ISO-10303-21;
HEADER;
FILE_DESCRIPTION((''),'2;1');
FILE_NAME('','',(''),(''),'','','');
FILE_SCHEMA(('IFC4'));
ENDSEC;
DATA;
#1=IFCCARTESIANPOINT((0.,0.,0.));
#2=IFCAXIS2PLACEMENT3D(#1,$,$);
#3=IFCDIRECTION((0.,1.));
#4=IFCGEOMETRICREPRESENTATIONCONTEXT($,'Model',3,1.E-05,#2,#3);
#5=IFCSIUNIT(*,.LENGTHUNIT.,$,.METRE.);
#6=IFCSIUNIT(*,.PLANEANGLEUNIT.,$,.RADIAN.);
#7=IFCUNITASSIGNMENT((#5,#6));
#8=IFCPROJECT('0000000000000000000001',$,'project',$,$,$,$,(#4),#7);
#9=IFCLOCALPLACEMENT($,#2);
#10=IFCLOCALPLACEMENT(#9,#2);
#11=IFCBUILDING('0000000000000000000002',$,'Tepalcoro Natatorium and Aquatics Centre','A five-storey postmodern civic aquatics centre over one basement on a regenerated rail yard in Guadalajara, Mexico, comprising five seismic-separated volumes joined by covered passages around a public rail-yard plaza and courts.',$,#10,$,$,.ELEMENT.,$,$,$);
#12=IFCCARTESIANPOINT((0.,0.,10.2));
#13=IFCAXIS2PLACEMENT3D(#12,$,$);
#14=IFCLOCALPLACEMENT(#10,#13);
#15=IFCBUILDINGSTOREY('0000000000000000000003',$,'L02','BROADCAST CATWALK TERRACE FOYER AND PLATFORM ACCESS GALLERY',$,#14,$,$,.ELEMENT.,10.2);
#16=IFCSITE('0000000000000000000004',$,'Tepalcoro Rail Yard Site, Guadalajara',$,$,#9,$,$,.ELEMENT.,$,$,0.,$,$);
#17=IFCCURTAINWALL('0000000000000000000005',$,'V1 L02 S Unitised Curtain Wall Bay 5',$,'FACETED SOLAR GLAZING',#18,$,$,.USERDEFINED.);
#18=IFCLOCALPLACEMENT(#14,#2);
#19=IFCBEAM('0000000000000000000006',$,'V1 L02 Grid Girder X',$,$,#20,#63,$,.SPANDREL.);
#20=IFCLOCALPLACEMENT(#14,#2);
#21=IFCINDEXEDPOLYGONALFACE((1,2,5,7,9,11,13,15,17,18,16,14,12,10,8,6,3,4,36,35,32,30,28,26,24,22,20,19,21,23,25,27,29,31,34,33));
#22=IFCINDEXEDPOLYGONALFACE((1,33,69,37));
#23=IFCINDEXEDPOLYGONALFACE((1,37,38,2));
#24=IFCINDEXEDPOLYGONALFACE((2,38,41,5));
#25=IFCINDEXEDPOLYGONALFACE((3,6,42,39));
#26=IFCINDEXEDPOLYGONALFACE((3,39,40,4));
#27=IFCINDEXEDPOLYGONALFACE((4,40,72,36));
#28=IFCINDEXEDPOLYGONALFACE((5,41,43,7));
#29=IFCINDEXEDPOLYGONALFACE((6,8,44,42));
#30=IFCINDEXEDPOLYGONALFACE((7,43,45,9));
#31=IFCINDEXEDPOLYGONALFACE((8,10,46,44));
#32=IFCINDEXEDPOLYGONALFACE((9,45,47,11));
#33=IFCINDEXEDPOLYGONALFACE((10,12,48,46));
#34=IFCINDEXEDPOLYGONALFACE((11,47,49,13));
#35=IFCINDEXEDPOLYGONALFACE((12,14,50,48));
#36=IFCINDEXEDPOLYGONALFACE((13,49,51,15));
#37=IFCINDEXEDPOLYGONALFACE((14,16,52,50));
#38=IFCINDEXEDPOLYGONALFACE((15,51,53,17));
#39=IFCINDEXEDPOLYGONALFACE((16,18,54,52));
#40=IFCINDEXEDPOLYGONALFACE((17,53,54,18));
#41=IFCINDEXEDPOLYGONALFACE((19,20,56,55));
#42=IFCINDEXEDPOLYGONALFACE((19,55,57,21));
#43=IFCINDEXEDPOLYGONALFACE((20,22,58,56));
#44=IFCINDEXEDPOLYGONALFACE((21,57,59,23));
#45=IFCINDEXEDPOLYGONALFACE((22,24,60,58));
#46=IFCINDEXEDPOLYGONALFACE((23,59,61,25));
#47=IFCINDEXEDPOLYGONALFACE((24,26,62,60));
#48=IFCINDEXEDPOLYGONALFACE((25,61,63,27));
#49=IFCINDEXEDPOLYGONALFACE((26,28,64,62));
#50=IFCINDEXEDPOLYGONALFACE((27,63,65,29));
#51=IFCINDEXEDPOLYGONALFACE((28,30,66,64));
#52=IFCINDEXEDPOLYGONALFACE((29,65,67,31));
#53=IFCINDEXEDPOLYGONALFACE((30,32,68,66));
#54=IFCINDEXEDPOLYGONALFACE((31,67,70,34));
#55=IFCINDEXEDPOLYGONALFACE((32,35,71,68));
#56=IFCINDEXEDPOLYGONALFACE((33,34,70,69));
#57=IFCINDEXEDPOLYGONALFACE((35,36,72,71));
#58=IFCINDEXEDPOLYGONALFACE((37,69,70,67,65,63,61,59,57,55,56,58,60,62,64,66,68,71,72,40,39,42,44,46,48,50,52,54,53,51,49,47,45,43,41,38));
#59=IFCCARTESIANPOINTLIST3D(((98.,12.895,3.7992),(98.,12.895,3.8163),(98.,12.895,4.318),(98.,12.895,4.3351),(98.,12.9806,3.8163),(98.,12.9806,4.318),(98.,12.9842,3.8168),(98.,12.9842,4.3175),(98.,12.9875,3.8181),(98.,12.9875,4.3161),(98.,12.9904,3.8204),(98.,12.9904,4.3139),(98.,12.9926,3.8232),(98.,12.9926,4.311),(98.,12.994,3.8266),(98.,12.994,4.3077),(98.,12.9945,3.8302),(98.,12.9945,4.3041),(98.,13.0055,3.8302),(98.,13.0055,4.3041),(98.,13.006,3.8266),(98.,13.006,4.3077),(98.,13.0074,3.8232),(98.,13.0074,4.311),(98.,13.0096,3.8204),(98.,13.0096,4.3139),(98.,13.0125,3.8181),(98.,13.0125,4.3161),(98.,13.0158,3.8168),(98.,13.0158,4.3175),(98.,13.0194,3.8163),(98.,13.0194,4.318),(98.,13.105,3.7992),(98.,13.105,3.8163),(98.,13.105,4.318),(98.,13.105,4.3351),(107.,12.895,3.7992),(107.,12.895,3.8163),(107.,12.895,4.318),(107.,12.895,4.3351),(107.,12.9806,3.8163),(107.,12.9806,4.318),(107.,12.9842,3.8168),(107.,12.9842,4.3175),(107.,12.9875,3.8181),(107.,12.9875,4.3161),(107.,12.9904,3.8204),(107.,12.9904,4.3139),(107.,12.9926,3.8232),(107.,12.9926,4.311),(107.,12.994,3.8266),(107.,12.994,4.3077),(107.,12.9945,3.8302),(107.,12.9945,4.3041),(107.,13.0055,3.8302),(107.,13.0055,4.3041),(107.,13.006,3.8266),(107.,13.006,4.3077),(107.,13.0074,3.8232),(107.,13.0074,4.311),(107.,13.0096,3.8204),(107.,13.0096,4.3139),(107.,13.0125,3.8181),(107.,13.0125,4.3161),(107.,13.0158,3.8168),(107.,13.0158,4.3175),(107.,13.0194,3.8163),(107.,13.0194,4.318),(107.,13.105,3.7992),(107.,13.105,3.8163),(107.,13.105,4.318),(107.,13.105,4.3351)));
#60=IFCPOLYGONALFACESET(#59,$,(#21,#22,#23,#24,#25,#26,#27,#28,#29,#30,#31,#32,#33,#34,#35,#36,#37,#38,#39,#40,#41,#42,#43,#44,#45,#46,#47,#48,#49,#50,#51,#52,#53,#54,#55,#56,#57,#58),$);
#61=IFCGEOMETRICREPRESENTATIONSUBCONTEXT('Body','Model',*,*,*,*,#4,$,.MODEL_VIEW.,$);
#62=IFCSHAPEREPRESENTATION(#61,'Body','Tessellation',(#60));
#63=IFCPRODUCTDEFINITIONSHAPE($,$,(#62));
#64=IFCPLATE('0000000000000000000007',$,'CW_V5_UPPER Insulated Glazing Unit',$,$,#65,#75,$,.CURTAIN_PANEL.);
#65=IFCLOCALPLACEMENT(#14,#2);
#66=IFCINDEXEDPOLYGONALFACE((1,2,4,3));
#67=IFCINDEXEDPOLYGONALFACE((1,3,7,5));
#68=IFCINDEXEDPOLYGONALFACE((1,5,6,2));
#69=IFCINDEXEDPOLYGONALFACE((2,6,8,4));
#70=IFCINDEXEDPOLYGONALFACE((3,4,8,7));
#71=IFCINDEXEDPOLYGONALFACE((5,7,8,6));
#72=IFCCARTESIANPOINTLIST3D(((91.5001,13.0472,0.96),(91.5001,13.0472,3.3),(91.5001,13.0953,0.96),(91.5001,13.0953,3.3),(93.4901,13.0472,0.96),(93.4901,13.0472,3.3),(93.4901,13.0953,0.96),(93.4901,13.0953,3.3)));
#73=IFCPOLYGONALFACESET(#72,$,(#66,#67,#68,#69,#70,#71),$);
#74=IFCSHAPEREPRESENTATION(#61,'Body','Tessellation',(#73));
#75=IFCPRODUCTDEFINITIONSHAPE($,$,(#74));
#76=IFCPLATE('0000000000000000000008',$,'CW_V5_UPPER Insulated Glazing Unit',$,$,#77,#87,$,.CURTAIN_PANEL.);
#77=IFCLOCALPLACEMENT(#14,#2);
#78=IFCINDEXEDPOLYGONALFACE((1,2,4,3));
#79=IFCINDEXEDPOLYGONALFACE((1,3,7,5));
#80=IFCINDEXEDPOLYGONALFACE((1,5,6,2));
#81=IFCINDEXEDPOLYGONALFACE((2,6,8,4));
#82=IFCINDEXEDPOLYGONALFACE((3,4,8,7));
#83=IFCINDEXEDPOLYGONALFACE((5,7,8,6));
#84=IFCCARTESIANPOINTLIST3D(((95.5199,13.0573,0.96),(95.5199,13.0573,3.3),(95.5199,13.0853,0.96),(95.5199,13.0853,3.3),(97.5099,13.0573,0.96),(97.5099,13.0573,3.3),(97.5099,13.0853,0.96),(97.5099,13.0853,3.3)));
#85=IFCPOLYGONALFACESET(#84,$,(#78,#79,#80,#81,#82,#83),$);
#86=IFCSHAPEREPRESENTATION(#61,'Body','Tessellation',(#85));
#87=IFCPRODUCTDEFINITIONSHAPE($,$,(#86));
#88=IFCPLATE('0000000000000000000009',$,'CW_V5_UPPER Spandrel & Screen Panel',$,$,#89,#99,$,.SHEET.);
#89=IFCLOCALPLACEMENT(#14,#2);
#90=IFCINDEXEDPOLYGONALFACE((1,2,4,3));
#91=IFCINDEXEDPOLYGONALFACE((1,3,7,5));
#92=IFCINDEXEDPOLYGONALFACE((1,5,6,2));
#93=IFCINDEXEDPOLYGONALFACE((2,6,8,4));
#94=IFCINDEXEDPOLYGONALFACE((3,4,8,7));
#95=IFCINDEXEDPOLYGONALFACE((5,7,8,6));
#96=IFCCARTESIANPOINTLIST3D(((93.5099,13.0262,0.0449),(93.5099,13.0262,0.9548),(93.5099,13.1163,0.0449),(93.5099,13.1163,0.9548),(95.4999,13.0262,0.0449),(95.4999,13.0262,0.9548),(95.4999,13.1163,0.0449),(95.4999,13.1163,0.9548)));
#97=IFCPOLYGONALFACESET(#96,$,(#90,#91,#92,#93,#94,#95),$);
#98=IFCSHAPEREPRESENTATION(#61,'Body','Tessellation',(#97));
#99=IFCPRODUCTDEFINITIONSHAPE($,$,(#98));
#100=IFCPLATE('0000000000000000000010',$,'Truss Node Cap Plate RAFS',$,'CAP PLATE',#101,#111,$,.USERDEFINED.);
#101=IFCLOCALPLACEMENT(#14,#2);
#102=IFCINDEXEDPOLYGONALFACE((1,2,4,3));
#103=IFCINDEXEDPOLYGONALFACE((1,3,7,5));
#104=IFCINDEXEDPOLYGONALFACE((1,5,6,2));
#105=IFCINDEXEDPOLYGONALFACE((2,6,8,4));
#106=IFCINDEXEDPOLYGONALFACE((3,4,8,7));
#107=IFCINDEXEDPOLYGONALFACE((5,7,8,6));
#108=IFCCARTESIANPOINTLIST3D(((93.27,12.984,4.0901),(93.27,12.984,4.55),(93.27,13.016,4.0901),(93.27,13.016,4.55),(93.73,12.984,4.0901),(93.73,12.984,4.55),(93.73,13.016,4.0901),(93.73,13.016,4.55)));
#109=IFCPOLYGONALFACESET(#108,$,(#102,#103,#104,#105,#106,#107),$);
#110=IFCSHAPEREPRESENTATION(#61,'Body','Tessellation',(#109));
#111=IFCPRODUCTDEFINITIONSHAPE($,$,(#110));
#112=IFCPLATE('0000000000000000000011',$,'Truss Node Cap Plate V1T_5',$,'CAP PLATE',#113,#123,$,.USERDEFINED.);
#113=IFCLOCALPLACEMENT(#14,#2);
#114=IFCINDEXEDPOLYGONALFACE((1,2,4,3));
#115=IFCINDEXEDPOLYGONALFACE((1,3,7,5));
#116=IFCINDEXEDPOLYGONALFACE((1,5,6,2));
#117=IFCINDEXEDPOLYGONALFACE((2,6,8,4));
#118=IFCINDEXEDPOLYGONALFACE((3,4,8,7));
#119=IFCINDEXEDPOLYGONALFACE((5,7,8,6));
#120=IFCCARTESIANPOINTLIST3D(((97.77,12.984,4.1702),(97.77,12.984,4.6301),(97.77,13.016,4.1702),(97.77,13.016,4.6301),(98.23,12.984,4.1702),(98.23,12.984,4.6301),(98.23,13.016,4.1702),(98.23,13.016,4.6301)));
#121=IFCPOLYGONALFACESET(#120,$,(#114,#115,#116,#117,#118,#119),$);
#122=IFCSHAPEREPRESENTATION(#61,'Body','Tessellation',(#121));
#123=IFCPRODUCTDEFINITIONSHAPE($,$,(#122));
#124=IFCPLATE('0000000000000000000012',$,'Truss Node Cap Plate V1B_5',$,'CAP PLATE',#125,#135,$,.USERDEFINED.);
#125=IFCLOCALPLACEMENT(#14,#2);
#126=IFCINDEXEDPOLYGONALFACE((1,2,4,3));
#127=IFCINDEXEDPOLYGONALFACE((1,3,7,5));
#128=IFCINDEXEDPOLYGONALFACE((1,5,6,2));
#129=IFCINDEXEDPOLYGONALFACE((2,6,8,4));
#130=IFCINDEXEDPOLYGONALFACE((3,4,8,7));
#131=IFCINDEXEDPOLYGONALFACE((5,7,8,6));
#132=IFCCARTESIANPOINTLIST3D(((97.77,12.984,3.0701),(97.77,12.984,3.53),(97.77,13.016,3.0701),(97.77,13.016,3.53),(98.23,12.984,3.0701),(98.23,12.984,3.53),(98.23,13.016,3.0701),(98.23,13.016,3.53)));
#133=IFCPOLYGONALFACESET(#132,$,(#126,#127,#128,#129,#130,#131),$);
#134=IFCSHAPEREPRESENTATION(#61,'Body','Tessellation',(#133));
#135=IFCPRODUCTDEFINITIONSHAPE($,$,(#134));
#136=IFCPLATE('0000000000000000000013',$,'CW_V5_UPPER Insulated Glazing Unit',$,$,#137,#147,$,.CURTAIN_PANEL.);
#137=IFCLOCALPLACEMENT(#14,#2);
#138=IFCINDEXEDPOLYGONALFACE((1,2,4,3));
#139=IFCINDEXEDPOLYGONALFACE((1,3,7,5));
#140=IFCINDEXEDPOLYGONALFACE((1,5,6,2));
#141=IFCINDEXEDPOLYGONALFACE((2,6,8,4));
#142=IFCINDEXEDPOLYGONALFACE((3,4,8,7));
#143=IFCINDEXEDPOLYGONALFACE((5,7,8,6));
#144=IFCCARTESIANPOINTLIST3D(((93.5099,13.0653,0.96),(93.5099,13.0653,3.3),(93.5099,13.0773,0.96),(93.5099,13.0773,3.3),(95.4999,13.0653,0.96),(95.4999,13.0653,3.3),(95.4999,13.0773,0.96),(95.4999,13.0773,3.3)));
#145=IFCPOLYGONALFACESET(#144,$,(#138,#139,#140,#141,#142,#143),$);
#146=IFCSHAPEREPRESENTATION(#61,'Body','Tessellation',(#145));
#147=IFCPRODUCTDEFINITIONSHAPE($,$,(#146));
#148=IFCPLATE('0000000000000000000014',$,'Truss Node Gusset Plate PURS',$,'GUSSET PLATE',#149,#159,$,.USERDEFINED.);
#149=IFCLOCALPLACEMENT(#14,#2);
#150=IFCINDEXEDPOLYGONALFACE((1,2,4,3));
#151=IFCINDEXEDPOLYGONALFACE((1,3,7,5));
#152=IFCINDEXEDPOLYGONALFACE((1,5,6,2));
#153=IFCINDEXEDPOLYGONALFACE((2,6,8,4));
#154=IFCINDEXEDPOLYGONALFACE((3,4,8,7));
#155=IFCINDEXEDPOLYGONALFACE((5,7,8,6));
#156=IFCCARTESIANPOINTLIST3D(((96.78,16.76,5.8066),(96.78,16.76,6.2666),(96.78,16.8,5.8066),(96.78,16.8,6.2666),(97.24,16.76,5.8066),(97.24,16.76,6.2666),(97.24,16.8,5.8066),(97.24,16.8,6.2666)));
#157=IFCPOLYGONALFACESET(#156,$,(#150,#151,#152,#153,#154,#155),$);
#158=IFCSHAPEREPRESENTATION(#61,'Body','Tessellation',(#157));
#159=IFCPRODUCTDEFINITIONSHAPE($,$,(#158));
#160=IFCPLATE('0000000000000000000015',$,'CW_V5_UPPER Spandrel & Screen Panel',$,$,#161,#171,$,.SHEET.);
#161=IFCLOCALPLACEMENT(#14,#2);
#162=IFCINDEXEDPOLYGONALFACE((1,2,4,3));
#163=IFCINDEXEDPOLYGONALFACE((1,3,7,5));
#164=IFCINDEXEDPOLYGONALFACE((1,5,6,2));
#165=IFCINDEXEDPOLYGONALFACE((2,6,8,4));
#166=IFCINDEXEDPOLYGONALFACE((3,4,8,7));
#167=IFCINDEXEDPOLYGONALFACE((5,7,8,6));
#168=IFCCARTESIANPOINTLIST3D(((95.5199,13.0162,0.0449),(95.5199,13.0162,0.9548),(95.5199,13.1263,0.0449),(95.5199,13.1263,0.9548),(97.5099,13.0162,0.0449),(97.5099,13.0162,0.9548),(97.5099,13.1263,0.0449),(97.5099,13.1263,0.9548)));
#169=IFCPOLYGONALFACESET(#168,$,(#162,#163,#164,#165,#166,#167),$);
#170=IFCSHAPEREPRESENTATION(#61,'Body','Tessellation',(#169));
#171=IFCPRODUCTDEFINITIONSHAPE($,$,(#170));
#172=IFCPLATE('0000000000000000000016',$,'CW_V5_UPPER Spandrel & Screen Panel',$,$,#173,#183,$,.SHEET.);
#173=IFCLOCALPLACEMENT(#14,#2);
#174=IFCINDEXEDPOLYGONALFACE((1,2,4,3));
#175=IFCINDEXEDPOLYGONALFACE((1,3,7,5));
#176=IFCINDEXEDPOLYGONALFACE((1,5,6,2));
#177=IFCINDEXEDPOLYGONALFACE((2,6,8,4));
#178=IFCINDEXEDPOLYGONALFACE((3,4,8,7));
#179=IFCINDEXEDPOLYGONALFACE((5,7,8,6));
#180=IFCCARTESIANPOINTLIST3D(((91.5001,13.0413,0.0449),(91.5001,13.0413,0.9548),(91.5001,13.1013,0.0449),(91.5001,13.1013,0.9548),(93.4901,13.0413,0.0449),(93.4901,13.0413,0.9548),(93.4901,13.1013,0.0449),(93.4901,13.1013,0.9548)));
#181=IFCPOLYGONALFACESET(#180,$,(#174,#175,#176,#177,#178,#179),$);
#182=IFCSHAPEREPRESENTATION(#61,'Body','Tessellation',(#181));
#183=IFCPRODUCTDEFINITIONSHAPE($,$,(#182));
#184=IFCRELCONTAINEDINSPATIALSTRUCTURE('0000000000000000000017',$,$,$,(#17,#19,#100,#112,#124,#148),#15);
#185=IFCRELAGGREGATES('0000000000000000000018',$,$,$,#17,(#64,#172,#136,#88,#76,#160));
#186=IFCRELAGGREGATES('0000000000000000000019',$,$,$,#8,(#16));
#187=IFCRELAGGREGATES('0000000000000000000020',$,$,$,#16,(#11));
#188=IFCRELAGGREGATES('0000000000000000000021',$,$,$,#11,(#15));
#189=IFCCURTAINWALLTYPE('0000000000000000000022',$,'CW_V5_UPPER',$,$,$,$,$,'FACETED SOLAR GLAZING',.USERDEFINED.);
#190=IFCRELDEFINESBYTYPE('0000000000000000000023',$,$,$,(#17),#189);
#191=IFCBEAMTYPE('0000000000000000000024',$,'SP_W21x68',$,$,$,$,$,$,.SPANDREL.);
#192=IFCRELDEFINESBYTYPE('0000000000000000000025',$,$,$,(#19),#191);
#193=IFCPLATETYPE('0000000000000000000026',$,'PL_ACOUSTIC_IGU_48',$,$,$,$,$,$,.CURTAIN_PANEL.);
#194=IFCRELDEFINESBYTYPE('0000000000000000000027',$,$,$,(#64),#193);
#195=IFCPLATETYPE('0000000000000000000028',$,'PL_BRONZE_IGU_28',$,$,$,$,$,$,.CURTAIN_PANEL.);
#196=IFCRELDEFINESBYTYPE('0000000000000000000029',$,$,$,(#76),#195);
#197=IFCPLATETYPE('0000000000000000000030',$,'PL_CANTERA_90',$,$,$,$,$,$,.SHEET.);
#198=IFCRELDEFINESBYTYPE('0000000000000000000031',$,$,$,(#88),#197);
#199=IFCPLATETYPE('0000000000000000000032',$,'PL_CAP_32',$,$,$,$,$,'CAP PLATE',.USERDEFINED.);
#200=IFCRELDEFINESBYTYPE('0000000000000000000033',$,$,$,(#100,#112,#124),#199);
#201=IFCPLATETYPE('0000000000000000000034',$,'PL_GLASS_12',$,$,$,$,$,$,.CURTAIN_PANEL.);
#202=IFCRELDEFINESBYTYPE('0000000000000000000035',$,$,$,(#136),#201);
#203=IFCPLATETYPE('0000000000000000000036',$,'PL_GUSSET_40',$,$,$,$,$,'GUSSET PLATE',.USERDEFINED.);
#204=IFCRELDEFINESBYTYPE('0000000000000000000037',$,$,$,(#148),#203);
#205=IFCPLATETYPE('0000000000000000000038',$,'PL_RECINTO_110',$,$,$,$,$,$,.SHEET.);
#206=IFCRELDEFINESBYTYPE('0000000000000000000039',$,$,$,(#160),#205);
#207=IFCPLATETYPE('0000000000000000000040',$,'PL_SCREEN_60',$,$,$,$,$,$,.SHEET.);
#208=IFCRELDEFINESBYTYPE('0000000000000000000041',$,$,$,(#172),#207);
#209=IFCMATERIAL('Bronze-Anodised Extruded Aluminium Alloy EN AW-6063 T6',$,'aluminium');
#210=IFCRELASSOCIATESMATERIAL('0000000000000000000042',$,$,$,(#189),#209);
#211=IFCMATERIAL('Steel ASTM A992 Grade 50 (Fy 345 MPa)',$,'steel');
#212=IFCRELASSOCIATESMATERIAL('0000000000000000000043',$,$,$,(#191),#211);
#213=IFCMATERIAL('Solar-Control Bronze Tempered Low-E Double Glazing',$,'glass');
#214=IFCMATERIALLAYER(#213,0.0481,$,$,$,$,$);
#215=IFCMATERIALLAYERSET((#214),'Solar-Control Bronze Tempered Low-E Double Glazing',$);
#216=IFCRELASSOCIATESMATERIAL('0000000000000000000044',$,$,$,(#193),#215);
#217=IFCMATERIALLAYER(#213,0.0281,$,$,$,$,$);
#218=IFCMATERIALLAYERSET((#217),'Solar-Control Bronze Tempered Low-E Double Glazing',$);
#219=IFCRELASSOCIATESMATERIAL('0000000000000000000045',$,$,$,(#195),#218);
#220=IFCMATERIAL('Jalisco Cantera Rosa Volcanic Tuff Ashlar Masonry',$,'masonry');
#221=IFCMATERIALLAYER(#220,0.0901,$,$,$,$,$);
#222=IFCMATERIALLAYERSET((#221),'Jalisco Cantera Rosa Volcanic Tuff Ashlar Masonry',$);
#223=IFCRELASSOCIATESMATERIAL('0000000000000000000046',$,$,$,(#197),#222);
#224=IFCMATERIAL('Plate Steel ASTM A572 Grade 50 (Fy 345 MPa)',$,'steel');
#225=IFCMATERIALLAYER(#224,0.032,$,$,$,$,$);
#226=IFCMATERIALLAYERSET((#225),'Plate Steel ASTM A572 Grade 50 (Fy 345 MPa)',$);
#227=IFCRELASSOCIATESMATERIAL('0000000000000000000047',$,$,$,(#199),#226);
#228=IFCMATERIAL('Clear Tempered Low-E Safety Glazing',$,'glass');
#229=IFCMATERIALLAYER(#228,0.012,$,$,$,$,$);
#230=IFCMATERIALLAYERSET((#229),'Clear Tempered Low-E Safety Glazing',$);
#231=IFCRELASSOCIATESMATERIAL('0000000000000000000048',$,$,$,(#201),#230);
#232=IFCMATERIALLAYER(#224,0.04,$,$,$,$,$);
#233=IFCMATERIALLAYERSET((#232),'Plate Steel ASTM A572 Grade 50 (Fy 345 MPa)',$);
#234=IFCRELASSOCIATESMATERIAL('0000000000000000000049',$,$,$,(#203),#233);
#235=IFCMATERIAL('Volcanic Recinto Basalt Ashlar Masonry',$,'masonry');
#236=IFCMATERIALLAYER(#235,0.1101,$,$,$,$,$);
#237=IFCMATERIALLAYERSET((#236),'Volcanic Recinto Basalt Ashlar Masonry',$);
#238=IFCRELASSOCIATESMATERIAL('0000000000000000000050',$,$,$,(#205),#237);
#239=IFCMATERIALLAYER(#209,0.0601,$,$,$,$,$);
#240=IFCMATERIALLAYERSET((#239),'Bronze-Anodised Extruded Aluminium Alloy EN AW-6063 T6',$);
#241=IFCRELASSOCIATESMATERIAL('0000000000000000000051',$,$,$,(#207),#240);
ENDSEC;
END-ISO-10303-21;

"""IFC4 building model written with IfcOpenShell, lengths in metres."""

from ifc_helpers import new_model, si_unit, direction, frame, origin, origin_2d, place, context, subcontext, project, spatial, rectangle, i_section, extrude, material, layer, layer_set, material_profile, profile_set, type_object, element, aggregate, save


model = new_model("IFC4")

# Units and contexts
model_context = context("Model", 3, precision=1e-05, world=origin(), true_north=direction((0.0, 1.0)))
body_context = subcontext(model_context, "Body", "Model", "MODEL_VIEW")
ifc_project = project(units=[si_unit("LENGTHUNIT", "METRE"), si_unit("PLANEANGLEUNIT", "RADIAN")], contexts=[model_context])

# Site, building, storey
site_placement = place(None, origin())
site = spatial("IfcSite", under=ifc_project, at=site_placement, Name="Tepalcoro Rail Yard Site, Guadalajara", CompositionType="ELEMENT", RefElevation=0.0)
building_placement = place(site_placement, origin())
building = spatial("IfcBuilding", under=site, at=building_placement, Name="Tepalcoro Natatorium and Aquatics Centre", Description="A five-storey postmodern civic aquatics centre over one basement on a regenerated rail yard in Guadalajara, Mexico, comprising five seismic-separated volumes joined by covered passages around a public rail-yard plaza and courts.", CompositionType="ELEMENT")
storey_placement = place(building_placement, frame((0.0, 0.0, 10.2)))
storey = spatial("IfcBuildingStorey", under=building, at=storey_placement, Name="L02", Description="BROADCAST CATWALK TERRACE FOYER AND PLATFORM ACCESS GALLERY", CompositionType="ELEMENT", Elevation=10.2)

# Shared definitions
ifc_material_1 = material(Name="Steel ASTM A992 Grade 50 (Fy 345 MPa)", Category="steel")

# Curtain wall
ifc_material_2 = material(Name="Bronze-Anodised Extruded Aluminium Alloy EN AW-6063 T6", Category="aluminium")
curtain_wall_type_1 = type_object("IfcCurtainWallType", Name="CW_V5_UPPER", ElementType="FACETED SOLAR GLAZING", PredefinedType="USERDEFINED", material=ifc_material_2)
curtain_wall_1_placement = place(storey_placement, origin())
curtain_wall_1 = element("IfcCurtainWall", 1, at=curtain_wall_1_placement, inside=storey, type_object=curtain_wall_type_1, Name="V1 L02 S Unitised Curtain Wall Bay 5", ObjectType="FACETED SOLAR GLAZING", PredefinedType="USERDEFINED")

# Beam
ifc_material_profile_1 = material_profile(ifc_material_1, i_section(OverallWidth=0.21, OverallDepth=0.5359, WebThickness=0.011, FlangeThickness=0.0171, FilletRadius=0.0139, at=origin_2d()), Name="W21X68")
ifc_profile_set_1 = profile_set([ifc_material_profile_1], Name="Steel ASTM A992 Grade 50 (Fy 345 MPa)")
beam_type_1 = type_object("IfcBeamType", Name="SP_W21x68", PredefinedType="SPANDREL", material=ifc_profile_set_1)
beam_placement = place(storey_placement, frame((98.0, 13.0, 4.0671), z_axis=(1.0, 0.0, 0.0), x_axis=(0.0, 1.0, 0.0)))
element("IfcBeam", 2, at=beam_placement, inside=storey, type_object=beam_type_1, Name="V1 L02 Grid Girder X", PredefinedType="SPANDREL", context=body_context, shape_type="SweptSolid", body=[
    extrude(i_section(OverallWidth=0.21, OverallDepth=0.5359, WebThickness=0.011, FlangeThickness=0.0171, FilletRadius=0.0139, at=origin_2d()), origin(), (0.0, 0.0, 1.0), 9.0),
])

# Plates
ifc_material_3 = material(Name="Solar-Control Bronze Tempered Low-E Double Glazing", Category="glass")
ifc_layer_1 = layer(ifc_material_3, 0.0481)
ifc_layer_set_1 = layer_set([ifc_layer_1], Name="Solar-Control Bronze Tempered Low-E Double Glazing")
plate_type_1 = type_object("IfcPlateType", Name="PL_ACOUSTIC_IGU_48", PredefinedType="CURTAIN_PANEL", material=ifc_layer_set_1)
plate_1_placement = place(storey_placement, frame((92.4951, 13.0713, 0.96), z_axis=(0.0, 0.0, 1.0), x_axis=(1.0, 0.0, 0.0)))
plate_1 = element("IfcPlate", 3, at=plate_1_placement, type_object=plate_type_1, Name="CW_V5_UPPER Insulated Glazing Unit", PredefinedType="CURTAIN_PANEL", context=body_context, shape_type="SweptSolid", body=[
    extrude(rectangle(XDim=1.99, YDim=0.0481, at=origin_2d()), origin(), (0.0, 0.0, 1.0), 2.3401),
])
ifc_layer_2 = layer(ifc_material_3, 0.0281)
ifc_layer_set_2 = layer_set([ifc_layer_2], Name="Solar-Control Bronze Tempered Low-E Double Glazing")
plate_type_2 = type_object("IfcPlateType", Name="PL_BRONZE_IGU_28", PredefinedType="CURTAIN_PANEL", material=ifc_layer_set_2)
plate_2_placement = place(storey_placement, frame((96.5149, 13.0713, 0.96), z_axis=(0.0, 0.0, 1.0), x_axis=(1.0, 0.0, 0.0)))
plate_2 = element("IfcPlate", 4, at=plate_2_placement, type_object=plate_type_2, Name="CW_V5_UPPER Insulated Glazing Unit", PredefinedType="CURTAIN_PANEL", context=body_context, shape_type="SweptSolid", body=[
    extrude(rectangle(XDim=1.99, YDim=0.0281, at=origin_2d()), origin(), (0.0, 0.0, 1.0), 2.3401),
])
ifc_material_4 = material(Name="Jalisco Cantera Rosa Volcanic Tuff Ashlar Masonry", Category="masonry")
ifc_layer_3 = layer(ifc_material_4, 0.0901)
ifc_layer_set_3 = layer_set([ifc_layer_3], Name="Jalisco Cantera Rosa Volcanic Tuff Ashlar Masonry")
plate_type_3 = type_object("IfcPlateType", Name="PL_CANTERA_90", PredefinedType="SHEET", material=ifc_layer_set_3)
plate_3_placement = place(storey_placement, frame((94.5049, 13.0713, 0.0449), z_axis=(0.0, 0.0, 1.0), x_axis=(1.0, 0.0, 0.0)))
plate_3 = element("IfcPlate", 5, at=plate_3_placement, type_object=plate_type_3, Name="CW_V5_UPPER Spandrel & Screen Panel", PredefinedType="SHEET", context=body_context, shape_type="SweptSolid", body=[
    extrude(rectangle(XDim=1.99, YDim=0.0901, at=origin_2d()), origin(), (0.0, 0.0, 1.0), 0.9099),
])

# Plates
ifc_material_5 = material(Name="Plate Steel ASTM A572 Grade 50 (Fy 345 MPa)", Category="steel")
ifc_layer_4 = layer(ifc_material_5, 0.032)
ifc_layer_set_4 = layer_set([ifc_layer_4], Name="Plate Steel ASTM A572 Grade 50 (Fy 345 MPa)")
plate_type_4 = type_object("IfcPlateType", Name="PL_CAP_32", ElementType="CAP PLATE", PredefinedType="USERDEFINED", material=ifc_layer_set_4)
for number, where, z_axis, x_axis, name in (
    (6, (93.5, 13.0, 4.0901), (0.0, 0.0, 1.0), (1.0, 0.0, 0.0), "Truss Node Cap Plate RAFS"),
    (7, (98.0, 13.0, 4.1702), (0.0, 0.0, 1.0), (1.0, 0.0, 0.0), "Truss Node Cap Plate V1T_5"),
    (8, (98.0, 13.0, 3.0701), (0.0, 0.0, 1.0), (1.0, 0.0, 0.0), "Truss Node Cap Plate V1B_5"),
):
    element("IfcPlate", number, at=place(storey_placement, frame(where, z_axis=z_axis, x_axis=x_axis)), inside=storey, type_object=plate_type_4, Name=name, ObjectType="CAP PLATE", PredefinedType="USERDEFINED", context=body_context, shape_type="SweptSolid", body=[
        extrude(rectangle(XDim=0.46, YDim=0.032, at=origin_2d()), origin(), (0.0, 0.0, 1.0), 0.46),
    ])

# Plates
ifc_material_6 = material(Name="Clear Tempered Low-E Safety Glazing", Category="glass")
ifc_layer_5 = layer(ifc_material_6, 0.012)
ifc_layer_set_5 = layer_set([ifc_layer_5], Name="Clear Tempered Low-E Safety Glazing")
plate_type_5 = type_object("IfcPlateType", Name="PL_GLASS_12", PredefinedType="CURTAIN_PANEL", material=ifc_layer_set_5)
plate_4_placement = place(storey_placement, frame((94.5049, 13.0713, 0.96), z_axis=(0.0, 0.0, 1.0), x_axis=(1.0, 0.0, 0.0)))
plate_4 = element("IfcPlate", 9, at=plate_4_placement, type_object=plate_type_5, Name="CW_V5_UPPER Insulated Glazing Unit", PredefinedType="CURTAIN_PANEL", context=body_context, shape_type="SweptSolid", body=[
    extrude(rectangle(XDim=1.99, YDim=0.012, at=origin_2d()), origin(), (0.0, 0.0, 1.0), 2.3401),
])
ifc_layer_6 = layer(ifc_material_5, 0.04)
ifc_layer_set_6 = layer_set([ifc_layer_6], Name="Plate Steel ASTM A572 Grade 50 (Fy 345 MPa)")
plate_type_6 = type_object("IfcPlateType", Name="PL_GUSSET_40", ElementType="GUSSET PLATE", PredefinedType="USERDEFINED", material=ifc_layer_set_6)
plate_5_placement = place(storey_placement, frame((97.01, 16.78, 5.8066), z_axis=(0.0, 0.0, 1.0), x_axis=(1.0, 0.0, 0.0)))
element("IfcPlate", 10, at=plate_5_placement, inside=storey, type_object=plate_type_6, Name="Truss Node Gusset Plate PURS", ObjectType="GUSSET PLATE", PredefinedType="USERDEFINED", context=body_context, shape_type="SweptSolid", body=[
    extrude(rectangle(XDim=0.46, YDim=0.04, at=origin_2d()), origin(), (0.0, 0.0, 1.0), 0.46),
])
ifc_material_7 = material(Name="Volcanic Recinto Basalt Ashlar Masonry", Category="masonry")
ifc_layer_7 = layer(ifc_material_7, 0.1101)
ifc_layer_set_7 = layer_set([ifc_layer_7], Name="Volcanic Recinto Basalt Ashlar Masonry")
plate_type_7 = type_object("IfcPlateType", Name="PL_RECINTO_110", PredefinedType="SHEET", material=ifc_layer_set_7)
plate_6_placement = place(storey_placement, frame((96.5149, 13.0713, 0.0449), z_axis=(0.0, 0.0, 1.0), x_axis=(1.0, 0.0, 0.0)))
plate_6 = element("IfcPlate", 11, at=plate_6_placement, type_object=plate_type_7, Name="CW_V5_UPPER Spandrel & Screen Panel", PredefinedType="SHEET", context=body_context, shape_type="SweptSolid", body=[
    extrude(rectangle(XDim=1.99, YDim=0.1101, at=origin_2d()), origin(), (0.0, 0.0, 1.0), 0.9099),
])
ifc_layer_8 = layer(ifc_material_2, 0.0601)
ifc_layer_set_8 = layer_set([ifc_layer_8], Name="Bronze-Anodised Extruded Aluminium Alloy EN AW-6063 T6")
plate_type_8 = type_object("IfcPlateType", Name="PL_SCREEN_60", PredefinedType="SHEET", material=ifc_layer_set_8)
plate_7_placement = place(storey_placement, frame((92.4951, 13.0713, 0.0449), z_axis=(0.0, 0.0, 1.0), x_axis=(1.0, 0.0, 0.0)))
plate_7 = element("IfcPlate", 12, at=plate_7_placement, type_object=plate_type_8, Name="CW_V5_UPPER Spandrel & Screen Panel", PredefinedType="SHEET", context=body_context, shape_type="SweptSolid", body=[
    extrude(rectangle(XDim=1.99, YDim=0.0601, at=origin_2d()), origin(), (0.0, 0.0, 1.0), 0.9099),
])
aggregate(curtain_wall_1, [plate_1, plate_7, plate_4, plate_3, plate_2, plate_6])

save(model, "model.ifc")
